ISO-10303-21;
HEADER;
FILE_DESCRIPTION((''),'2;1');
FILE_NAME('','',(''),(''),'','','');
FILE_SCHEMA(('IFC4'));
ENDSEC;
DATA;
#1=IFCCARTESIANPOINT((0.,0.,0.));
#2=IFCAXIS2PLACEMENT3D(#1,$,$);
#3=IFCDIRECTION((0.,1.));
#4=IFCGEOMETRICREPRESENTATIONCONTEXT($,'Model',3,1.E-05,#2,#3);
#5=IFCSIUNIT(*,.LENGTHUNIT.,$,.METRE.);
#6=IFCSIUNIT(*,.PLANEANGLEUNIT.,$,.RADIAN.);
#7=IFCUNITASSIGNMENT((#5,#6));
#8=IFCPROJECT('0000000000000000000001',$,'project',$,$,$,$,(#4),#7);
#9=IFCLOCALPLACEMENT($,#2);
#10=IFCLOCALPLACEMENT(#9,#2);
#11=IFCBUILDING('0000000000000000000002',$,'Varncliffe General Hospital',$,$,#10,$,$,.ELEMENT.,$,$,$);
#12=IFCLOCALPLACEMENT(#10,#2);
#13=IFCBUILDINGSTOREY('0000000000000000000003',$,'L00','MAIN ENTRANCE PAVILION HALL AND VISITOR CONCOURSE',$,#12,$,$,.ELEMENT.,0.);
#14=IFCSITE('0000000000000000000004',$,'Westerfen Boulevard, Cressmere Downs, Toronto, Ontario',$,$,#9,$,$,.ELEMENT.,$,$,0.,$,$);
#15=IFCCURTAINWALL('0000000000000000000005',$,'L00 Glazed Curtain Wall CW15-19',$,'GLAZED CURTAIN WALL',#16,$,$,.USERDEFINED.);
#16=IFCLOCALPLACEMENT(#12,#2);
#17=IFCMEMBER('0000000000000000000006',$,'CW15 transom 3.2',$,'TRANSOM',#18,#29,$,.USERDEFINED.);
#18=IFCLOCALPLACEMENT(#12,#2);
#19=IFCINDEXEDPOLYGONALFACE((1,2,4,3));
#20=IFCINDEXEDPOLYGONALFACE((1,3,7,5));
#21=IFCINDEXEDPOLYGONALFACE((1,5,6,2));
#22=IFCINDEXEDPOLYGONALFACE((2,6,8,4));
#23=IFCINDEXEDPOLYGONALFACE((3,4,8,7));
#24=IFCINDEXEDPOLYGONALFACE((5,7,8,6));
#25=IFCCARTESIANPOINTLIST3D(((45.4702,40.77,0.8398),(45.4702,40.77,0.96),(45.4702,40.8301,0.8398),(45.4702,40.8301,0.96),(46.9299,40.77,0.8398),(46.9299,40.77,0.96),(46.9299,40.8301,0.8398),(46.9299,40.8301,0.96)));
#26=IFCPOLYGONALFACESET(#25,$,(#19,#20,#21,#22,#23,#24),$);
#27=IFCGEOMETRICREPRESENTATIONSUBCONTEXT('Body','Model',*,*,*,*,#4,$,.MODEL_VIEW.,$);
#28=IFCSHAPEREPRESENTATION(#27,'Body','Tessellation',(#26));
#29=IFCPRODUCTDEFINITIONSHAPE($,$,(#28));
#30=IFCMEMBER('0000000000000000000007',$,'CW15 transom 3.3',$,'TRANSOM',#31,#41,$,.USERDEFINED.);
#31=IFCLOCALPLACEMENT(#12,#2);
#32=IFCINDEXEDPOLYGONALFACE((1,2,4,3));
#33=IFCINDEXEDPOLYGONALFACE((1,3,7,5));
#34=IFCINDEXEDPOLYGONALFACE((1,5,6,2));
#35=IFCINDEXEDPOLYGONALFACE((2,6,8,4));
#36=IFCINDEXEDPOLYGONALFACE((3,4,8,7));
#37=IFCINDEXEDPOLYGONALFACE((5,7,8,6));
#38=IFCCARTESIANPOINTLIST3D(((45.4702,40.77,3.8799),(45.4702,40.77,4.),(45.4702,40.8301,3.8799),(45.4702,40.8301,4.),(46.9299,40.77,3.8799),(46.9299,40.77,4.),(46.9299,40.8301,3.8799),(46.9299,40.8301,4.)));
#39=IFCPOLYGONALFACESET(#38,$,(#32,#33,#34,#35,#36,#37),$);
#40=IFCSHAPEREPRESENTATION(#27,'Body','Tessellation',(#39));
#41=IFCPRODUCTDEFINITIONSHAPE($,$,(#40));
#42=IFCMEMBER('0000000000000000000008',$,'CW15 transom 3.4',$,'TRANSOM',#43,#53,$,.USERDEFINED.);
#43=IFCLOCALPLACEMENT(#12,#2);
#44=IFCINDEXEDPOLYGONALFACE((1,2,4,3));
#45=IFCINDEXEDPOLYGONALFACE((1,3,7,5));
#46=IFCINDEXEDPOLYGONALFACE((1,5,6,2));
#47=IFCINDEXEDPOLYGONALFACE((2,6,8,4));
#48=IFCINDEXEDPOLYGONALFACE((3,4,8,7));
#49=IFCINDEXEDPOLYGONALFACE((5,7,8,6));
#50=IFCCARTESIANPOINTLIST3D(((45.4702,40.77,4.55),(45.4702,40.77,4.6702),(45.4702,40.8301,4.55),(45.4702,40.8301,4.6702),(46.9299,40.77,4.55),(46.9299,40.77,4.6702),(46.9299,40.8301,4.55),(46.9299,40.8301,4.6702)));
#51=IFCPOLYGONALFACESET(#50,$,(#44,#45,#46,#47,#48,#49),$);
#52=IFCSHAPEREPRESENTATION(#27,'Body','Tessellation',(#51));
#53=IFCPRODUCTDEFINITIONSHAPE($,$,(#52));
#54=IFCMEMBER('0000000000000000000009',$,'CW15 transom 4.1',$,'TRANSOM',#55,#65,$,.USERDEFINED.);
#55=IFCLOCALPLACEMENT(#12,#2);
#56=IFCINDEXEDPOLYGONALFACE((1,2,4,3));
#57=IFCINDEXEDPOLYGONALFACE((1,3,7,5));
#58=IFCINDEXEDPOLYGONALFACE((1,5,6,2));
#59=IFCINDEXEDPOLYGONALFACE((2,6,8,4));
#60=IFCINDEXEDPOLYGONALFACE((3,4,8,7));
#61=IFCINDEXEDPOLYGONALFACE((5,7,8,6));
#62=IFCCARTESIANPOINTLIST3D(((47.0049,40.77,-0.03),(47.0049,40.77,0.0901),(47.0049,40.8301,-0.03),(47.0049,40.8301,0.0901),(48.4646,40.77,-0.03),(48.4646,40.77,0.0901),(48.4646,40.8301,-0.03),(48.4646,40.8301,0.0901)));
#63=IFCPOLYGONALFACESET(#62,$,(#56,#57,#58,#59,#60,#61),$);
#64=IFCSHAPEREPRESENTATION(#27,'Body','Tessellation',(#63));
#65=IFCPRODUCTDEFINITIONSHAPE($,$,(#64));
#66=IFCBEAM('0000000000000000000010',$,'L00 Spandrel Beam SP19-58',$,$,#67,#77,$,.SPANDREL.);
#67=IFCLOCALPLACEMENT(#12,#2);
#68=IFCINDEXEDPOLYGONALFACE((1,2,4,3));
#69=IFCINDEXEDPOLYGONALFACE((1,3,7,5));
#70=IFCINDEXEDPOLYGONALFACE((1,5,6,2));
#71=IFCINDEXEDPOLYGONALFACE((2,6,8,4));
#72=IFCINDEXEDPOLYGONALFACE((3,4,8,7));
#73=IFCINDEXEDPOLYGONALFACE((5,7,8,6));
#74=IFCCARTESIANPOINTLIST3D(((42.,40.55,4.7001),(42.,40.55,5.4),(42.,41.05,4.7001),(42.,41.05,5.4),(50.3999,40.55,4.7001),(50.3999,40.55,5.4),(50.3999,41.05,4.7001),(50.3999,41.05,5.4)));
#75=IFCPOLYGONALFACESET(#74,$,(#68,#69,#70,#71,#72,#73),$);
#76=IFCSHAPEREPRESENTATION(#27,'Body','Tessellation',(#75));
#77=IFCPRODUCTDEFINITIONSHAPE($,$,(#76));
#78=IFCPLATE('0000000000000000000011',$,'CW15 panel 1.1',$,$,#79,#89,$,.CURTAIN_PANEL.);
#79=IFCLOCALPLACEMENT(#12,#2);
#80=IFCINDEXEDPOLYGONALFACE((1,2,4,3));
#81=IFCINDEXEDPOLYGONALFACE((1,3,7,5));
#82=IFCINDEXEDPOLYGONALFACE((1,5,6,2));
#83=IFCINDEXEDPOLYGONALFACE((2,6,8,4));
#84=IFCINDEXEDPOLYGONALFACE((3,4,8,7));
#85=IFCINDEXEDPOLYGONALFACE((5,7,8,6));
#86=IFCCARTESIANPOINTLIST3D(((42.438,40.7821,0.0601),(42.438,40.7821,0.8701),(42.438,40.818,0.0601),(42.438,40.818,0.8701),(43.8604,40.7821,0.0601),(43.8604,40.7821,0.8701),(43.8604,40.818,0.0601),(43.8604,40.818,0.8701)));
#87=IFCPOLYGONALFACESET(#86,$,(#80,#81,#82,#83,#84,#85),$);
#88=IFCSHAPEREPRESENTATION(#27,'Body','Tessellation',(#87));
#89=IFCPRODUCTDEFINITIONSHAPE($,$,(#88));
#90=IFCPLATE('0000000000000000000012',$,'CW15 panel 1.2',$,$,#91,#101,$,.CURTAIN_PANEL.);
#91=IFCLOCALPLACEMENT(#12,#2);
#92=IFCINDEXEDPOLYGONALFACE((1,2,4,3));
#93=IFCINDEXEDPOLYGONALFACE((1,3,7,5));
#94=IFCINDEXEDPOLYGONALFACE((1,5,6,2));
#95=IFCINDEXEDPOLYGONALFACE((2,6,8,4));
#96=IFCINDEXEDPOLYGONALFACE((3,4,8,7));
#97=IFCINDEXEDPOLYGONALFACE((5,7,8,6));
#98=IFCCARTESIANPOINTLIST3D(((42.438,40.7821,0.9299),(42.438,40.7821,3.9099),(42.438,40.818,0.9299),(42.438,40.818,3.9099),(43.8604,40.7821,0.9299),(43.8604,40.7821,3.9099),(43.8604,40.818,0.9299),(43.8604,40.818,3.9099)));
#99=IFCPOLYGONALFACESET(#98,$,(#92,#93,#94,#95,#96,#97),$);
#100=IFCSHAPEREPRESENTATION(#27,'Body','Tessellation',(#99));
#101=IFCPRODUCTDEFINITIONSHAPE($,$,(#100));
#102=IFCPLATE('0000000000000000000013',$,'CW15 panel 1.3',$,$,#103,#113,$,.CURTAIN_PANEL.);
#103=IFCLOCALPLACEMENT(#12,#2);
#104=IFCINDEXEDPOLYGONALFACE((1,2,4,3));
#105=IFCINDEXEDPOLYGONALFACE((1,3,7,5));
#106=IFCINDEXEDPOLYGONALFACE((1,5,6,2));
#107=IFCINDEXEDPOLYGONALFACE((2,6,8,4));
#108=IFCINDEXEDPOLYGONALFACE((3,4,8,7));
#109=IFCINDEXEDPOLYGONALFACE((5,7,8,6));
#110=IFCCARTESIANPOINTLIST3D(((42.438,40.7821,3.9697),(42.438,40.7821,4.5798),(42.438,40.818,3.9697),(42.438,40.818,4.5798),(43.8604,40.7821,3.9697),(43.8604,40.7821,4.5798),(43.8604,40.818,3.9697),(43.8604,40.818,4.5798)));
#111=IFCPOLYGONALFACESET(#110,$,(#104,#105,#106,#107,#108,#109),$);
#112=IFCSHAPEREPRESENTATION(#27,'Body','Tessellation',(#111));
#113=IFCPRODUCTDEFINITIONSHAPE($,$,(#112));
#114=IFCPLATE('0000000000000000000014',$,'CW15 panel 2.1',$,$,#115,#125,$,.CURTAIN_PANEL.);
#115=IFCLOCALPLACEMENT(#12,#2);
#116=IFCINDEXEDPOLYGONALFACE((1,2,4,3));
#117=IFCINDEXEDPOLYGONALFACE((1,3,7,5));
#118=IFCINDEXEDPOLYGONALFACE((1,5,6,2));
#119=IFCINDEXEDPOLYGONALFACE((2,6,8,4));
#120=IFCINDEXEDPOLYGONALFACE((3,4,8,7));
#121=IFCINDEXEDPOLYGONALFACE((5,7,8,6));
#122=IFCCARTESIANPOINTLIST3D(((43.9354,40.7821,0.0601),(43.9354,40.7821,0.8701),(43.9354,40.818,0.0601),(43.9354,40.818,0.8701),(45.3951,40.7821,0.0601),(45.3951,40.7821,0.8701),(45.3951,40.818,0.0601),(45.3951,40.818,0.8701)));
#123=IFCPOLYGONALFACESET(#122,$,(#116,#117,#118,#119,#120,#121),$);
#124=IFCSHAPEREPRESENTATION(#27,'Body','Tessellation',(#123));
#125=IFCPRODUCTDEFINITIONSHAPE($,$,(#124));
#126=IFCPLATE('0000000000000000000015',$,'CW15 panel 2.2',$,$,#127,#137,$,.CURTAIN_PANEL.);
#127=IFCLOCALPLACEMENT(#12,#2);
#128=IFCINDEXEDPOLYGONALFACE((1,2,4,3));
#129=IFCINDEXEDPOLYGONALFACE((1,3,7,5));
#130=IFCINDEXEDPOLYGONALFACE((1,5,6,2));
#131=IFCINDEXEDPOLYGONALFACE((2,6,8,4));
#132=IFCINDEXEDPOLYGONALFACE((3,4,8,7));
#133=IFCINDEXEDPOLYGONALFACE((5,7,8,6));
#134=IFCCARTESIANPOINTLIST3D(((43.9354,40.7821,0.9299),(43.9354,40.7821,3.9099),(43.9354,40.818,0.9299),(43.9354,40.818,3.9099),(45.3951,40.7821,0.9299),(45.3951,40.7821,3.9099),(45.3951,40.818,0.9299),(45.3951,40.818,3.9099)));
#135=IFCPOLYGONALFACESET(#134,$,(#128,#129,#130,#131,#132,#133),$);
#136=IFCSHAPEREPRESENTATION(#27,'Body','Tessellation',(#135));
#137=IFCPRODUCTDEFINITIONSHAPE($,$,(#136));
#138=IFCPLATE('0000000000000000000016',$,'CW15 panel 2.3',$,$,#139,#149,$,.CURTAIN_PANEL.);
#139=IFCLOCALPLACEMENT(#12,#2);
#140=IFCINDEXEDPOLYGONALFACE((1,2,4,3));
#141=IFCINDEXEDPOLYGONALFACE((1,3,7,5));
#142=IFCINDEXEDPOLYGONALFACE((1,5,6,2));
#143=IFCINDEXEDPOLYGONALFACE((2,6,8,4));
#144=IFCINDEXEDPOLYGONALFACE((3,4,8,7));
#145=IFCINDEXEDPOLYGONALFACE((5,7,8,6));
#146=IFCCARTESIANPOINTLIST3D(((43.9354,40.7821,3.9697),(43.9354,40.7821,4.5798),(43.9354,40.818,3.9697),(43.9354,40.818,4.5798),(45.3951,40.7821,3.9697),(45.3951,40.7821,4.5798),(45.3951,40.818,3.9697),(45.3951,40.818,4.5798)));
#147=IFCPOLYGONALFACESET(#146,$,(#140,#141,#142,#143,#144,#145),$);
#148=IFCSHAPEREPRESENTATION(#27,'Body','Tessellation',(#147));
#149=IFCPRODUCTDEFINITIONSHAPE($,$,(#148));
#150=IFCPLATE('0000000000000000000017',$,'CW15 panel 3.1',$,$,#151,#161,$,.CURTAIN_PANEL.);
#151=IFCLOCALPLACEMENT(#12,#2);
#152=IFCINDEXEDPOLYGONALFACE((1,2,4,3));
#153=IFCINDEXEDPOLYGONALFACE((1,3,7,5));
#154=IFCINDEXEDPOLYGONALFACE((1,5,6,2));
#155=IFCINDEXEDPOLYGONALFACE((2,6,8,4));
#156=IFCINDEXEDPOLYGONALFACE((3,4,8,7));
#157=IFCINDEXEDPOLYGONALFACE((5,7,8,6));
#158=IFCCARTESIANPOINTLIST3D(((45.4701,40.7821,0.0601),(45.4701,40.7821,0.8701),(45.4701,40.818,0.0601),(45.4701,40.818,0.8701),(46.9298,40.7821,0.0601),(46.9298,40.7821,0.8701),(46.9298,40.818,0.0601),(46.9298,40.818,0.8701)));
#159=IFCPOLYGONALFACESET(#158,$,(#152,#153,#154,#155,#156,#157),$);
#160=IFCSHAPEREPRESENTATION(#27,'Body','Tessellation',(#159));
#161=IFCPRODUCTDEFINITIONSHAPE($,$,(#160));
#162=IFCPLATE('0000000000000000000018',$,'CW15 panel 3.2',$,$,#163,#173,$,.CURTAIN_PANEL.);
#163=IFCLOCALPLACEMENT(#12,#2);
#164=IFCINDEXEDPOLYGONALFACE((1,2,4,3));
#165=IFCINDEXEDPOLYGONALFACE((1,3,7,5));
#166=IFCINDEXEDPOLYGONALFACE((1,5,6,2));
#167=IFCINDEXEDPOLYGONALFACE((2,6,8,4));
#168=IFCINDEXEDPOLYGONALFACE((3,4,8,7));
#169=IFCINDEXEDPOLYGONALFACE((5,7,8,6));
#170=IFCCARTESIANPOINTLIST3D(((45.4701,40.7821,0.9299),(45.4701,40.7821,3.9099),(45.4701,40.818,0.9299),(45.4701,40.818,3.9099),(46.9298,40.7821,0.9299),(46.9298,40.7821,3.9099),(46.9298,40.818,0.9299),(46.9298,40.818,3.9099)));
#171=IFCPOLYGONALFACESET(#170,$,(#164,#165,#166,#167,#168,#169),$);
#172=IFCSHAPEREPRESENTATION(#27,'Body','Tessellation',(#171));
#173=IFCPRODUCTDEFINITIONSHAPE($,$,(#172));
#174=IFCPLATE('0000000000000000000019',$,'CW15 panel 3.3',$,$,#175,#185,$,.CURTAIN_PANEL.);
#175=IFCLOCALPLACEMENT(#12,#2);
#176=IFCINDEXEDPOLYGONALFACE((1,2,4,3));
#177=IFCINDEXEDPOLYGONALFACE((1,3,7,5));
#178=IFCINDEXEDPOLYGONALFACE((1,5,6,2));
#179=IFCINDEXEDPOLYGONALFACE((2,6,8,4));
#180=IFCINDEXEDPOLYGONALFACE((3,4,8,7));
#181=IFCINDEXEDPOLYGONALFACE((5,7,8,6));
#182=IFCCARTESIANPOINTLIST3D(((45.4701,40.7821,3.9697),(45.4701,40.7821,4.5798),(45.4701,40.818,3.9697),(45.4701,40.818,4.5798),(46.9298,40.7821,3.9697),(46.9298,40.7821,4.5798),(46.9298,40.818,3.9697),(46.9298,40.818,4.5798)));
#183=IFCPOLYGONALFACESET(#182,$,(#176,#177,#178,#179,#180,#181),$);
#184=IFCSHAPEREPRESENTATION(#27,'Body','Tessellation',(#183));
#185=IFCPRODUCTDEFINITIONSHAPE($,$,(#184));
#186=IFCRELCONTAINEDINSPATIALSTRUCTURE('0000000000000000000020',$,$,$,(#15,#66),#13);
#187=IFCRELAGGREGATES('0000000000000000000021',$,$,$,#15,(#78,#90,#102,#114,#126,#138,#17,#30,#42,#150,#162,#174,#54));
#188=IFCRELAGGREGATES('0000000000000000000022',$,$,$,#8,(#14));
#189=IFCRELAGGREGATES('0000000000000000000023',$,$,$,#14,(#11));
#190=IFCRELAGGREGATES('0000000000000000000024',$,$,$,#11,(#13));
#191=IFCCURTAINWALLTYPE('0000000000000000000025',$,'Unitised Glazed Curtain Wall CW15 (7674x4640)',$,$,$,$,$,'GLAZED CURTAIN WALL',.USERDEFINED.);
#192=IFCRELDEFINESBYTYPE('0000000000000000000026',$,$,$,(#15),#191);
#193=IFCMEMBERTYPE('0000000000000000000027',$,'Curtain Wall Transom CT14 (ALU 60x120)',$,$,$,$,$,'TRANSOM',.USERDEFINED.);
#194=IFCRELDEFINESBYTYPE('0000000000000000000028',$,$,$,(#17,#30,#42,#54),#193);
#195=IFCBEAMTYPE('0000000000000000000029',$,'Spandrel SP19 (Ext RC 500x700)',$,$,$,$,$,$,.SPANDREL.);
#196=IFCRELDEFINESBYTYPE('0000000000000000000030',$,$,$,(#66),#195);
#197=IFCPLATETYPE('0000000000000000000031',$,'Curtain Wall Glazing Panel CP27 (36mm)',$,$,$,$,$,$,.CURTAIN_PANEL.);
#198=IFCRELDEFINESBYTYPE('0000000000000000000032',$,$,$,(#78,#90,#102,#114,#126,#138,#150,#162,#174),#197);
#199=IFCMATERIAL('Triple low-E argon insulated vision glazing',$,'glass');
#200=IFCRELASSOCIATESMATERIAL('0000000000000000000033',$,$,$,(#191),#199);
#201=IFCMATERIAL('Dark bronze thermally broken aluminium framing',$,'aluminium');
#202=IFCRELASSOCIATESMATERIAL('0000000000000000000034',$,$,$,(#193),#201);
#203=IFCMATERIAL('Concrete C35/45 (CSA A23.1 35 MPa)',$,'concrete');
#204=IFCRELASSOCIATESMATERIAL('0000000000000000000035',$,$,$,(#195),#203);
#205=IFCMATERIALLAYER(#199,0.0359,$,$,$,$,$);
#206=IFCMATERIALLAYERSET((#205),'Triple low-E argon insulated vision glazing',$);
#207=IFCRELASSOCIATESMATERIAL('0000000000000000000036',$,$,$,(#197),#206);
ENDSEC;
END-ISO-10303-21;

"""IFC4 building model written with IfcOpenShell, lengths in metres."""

from ifc_helpers import new_model, si_unit, direction, frame, origin, origin_2d, place, context, subcontext, project, spatial, rectangle, extrude, material, layer, layer_set, material_profile, profile_set, type_object, element, aggregate, save


model = new_model("IFC4")

# Units and contexts
model_context = context("Model", 3, precision=1e-05, world=origin(), true_north=direction((0.0, 1.0)))
body_context = subcontext(model_context, "Body", "Model", "MODEL_VIEW")
ifc_project = project(units=[si_unit("LENGTHUNIT", "METRE"), si_unit("PLANEANGLEUNIT", "RADIAN")], contexts=[model_context])

# Site, building, storey
site_placement = place(None, origin())
site = spatial("IfcSite", under=ifc_project, at=site_placement, Name="Westerfen Boulevard, Cressmere Downs, Toronto, Ontario", CompositionType="ELEMENT", RefElevation=0.0)
building_placement = place(site_placement, origin())
building = spatial("IfcBuilding", under=site, at=building_placement, Name="Varncliffe General Hospital", CompositionType="ELEMENT")
storey_placement = place(building_placement, origin())
storey = spatial("IfcBuildingStorey", under=building, at=storey_placement, Name="L00", Description="MAIN ENTRANCE PAVILION HALL AND VISITOR CONCOURSE", CompositionType="ELEMENT", Elevation=0.0)

# Curtain wall, members
ifc_material_1 = material(Name="Triple low-E argon insulated vision glazing", Category="glass")
curtain_wall_type = type_object("IfcCurtainWallType", Name="Unitised Glazed Curtain Wall CW15 (7674x4640)", ElementType="GLAZED CURTAIN WALL", PredefinedType="USERDEFINED", material=ifc_material_1)
curtain_wall_placement = place(storey_placement, origin())
curtain_wall = element("IfcCurtainWall", 1, at=curtain_wall_placement, inside=storey, type_object=curtain_wall_type, Name="L00 Glazed Curtain Wall CW15-19", ObjectType="GLAZED CURTAIN WALL", PredefinedType="USERDEFINED")
ifc_material_2 = material(Name="Dark bronze thermally broken aluminium framing", Category="aluminium")
ifc_material_profile_1 = material_profile(ifc_material_2, rectangle(XDim=0.0601, YDim=0.1201, at=origin_2d()), Name="ALU 60x120")
ifc_profile_set_1 = profile_set([ifc_material_profile_1], Name="Dark bronze thermally broken aluminium framing")
member_type_1 = type_object("IfcMemberType", Name="Curtain Wall Transom CT14 (ALU 60x120)", ElementType="TRANSOM", PredefinedType="USERDEFINED", material=ifc_profile_set_1)
member_1_placement = place(storey_placement, frame((45.4702, 40.8, 0.8999), z_axis=(1.0, 0.0, 0.0), x_axis=(0.0, 1.0, 0.0)))
member_1 = element("IfcMember", 2, at=member_1_placement, type_object=member_type_1, Name="CW15 transom 3.2", ObjectType="TRANSOM", PredefinedType="USERDEFINED", context=body_context, shape_type="SweptSolid", body=[
    extrude(rectangle(XDim=0.0601, YDim=0.1201, at=origin_2d()), origin(), (0.0, 0.0, 1.0), 1.4597),
])
member_2_placement = place(storey_placement, frame((45.4702, 40.8, 3.9399), z_axis=(1.0, 0.0, 0.0), x_axis=(0.0, 1.0, 0.0)))
member_2 = element("IfcMember", 3, at=member_2_placement, type_object=member_type_1, Name="CW15 transom 3.3", ObjectType="TRANSOM", PredefinedType="USERDEFINED", context=body_context, shape_type="SweptSolid", body=[
    extrude(rectangle(XDim=0.0601, YDim=0.1201, at=origin_2d()), origin(), (0.0, 0.0, 1.0), 1.4597),
])
member_3_placement = place(storey_placement, frame((45.4702, 40.8, 4.6101), z_axis=(1.0, 0.0, 0.0), x_axis=(0.0, 1.0, 0.0)))
member_3 = element("IfcMember", 4, at=member_3_placement, type_object=member_type_1, Name="CW15 transom 3.4", ObjectType="TRANSOM", PredefinedType="USERDEFINED", context=body_context, shape_type="SweptSolid", body=[
    extrude(rectangle(XDim=0.0601, YDim=0.1201, at=origin_2d()), origin(), (0.0, 0.0, 1.0), 1.4597),
])
member_4_placement = place(storey_placement, frame((47.0049, 40.8, 0.03), z_axis=(1.0, 0.0, 0.0), x_axis=(0.0, 1.0, 0.0)))
member_4 = element("IfcMember", 5, at=member_4_placement, type_object=member_type_1, Name="CW15 transom 4.1", ObjectType="TRANSOM", PredefinedType="USERDEFINED", context=body_context, shape_type="SweptSolid", body=[
    extrude(rectangle(XDim=0.0601, YDim=0.1201, at=origin_2d()), origin(), (0.0, 0.0, 1.0), 1.4597),
])

# Beam
ifc_material_3 = material(Name="Concrete C35/45 (CSA A23.1 35 MPa)", Category="concrete")
ifc_material_profile_2 = material_profile(ifc_material_3, rectangle(XDim=0.5, YDim=0.7, at=origin_2d()), Name="RC 500x700")
ifc_profile_set_2 = profile_set([ifc_material_profile_2], Name="Concrete C35/45 (CSA A23.1 35 MPa)")
beam_type = type_object("IfcBeamType", Name="Spandrel SP19 (Ext RC 500x700)", PredefinedType="SPANDREL", material=ifc_profile_set_2)
beam_placement = place(storey_placement, frame((42.0, 40.8, 5.05), z_axis=(1.0, 0.0, 0.0), x_axis=(0.0, 1.0, 0.0)))
element("IfcBeam", 6, at=beam_placement, inside=storey, type_object=beam_type, Name="L00 Spandrel Beam SP19-58", PredefinedType="SPANDREL", context=body_context, shape_type="SweptSolid", body=[
    extrude(rectangle(XDim=0.5, YDim=0.7, at=origin_2d()), origin(), (0.0, 0.0, 1.0), 8.3999),
])

# Plates
ifc_layer = layer(ifc_material_1, 0.0359)
ifc_layer_set = layer_set([ifc_layer], Name="Triple low-E argon insulated vision glazing")
plate_type = type_object("IfcPlateType", Name="Curtain Wall Glazing Panel CP27 (36mm)", PredefinedType="CURTAIN_PANEL", material=ifc_layer_set)
plate_1_placement = place(storey_placement, frame((43.1492, 40.8, 0.0601), z_axis=(0.0, 0.0, 1.0), x_axis=(1.0, 0.0, 0.0)))
plate_1 = element("IfcPlate", 7, at=plate_1_placement, type_object=plate_type, Name="CW15 panel 1.1", PredefinedType="CURTAIN_PANEL", context=body_context, shape_type="SweptSolid", body=[
    extrude(rectangle(XDim=1.4224, YDim=0.0359, at=origin_2d()), origin(), (0.0, 0.0, 1.0), 0.8101),
])
plate_2_placement = place(storey_placement, frame((43.1492, 40.8, 0.9299), z_axis=(0.0, 0.0, 1.0), x_axis=(1.0, 0.0, 0.0)))
plate_2 = element("IfcPlate", 8, at=plate_2_placement, type_object=plate_type, Name="CW15 panel 1.2", PredefinedType="CURTAIN_PANEL", context=body_context, shape_type="SweptSolid", body=[
    extrude(rectangle(XDim=1.4224, YDim=0.0359, at=origin_2d()), origin(), (0.0, 0.0, 1.0), 2.98),
])
plate_3_placement = place(storey_placement, frame((43.1492, 40.8, 3.9697), z_axis=(0.0, 0.0, 1.0), x_axis=(1.0, 0.0, 0.0)))
plate_3 = element("IfcPlate", 9, at=plate_3_placement, type_object=plate_type, Name="CW15 panel 1.3", PredefinedType="CURTAIN_PANEL", context=body_context, shape_type="SweptSolid", body=[
    extrude(rectangle(XDim=1.4224, YDim=0.0359, at=origin_2d()), origin(), (0.0, 0.0, 1.0), 0.6101),
])
plate_4_placement = place(storey_placement, frame((44.6653, 40.8, 0.0601), z_axis=(0.0, 0.0, 1.0), x_axis=(1.0, 0.0, 0.0)))
plate_4 = element("IfcPlate", 10, at=plate_4_placement, type_object=plate_type, Name="CW15 panel 2.1", PredefinedType="CURTAIN_PANEL", context=body_context, shape_type="SweptSolid", body=[
    extrude(rectangle(XDim=1.4597, YDim=0.0359, at=origin_2d()), origin(), (0.0, 0.0, 1.0), 0.8101),
])
plate_5_placement = place(storey_placement, frame((44.6653, 40.8, 0.9299), z_axis=(0.0, 0.0, 1.0), x_axis=(1.0, 0.0, 0.0)))
plate_5 = element("IfcPlate", 11, at=plate_5_placement, type_object=plate_type, Name="CW15 panel 2.2", PredefinedType="CURTAIN_PANEL", context=body_context, shape_type="SweptSolid", body=[
    extrude(rectangle(XDim=1.4597, YDim=0.0359, at=origin_2d()), origin(), (0.0, 0.0, 1.0), 2.98),
])
plate_6_placement = place(storey_placement, frame((44.6653, 40.8, 3.9697), z_axis=(0.0, 0.0, 1.0), x_axis=(1.0, 0.0, 0.0)))
plate_6 = element("IfcPlate", 12, at=plate_6_placement, type_object=plate_type, Name="CW15 panel 2.3", PredefinedType="CURTAIN_PANEL", context=body_context, shape_type="SweptSolid", body=[
    extrude(rectangle(XDim=1.4597, YDim=0.0359, at=origin_2d()), origin(), (0.0, 0.0, 1.0), 0.6101),
])
plate_7_placement = place(storey_placement, frame((46.2, 40.8, 0.0601), z_axis=(0.0, 0.0, 1.0), x_axis=(1.0, 0.0, 0.0)))
plate_7 = element("IfcPlate", 13, at=plate_7_placement, type_object=plate_type, Name="CW15 panel 3.1", PredefinedType="CURTAIN_PANEL", context=body_context, shape_type="SweptSolid", body=[
    extrude(rectangle(XDim=1.4597, YDim=0.0359, at=origin_2d()), origin(), (0.0, 0.0, 1.0), 0.8101),
])
plate_8_placement = place(storey_placement, frame((46.2, 40.8, 0.9299), z_axis=(0.0, 0.0, 1.0), x_axis=(1.0, 0.0, 0.0)))
plate_8 = element("IfcPlate", 14, at=plate_8_placement, type_object=plate_type, Name="CW15 panel 3.2", PredefinedType="CURTAIN_PANEL", context=body_context, shape_type="SweptSolid", body=[
    extrude(rectangle(XDim=1.4597, YDim=0.0359, at=origin_2d()), origin(), (0.0, 0.0, 1.0), 2.98),
])
plate_9_placement = place(storey_placement, frame((46.2, 40.8, 3.9697), z_axis=(0.0, 0.0, 1.0), x_axis=(1.0, 0.0, 0.0)))
plate_9 = element("IfcPlate", 15, at=plate_9_placement, type_object=plate_type, Name="CW15 panel 3.3", PredefinedType="CURTAIN_PANEL", context=body_context, shape_type="SweptSolid", body=[
    extrude(rectangle(XDim=1.4597, YDim=0.0359, at=origin_2d()), origin(), (0.0, 0.0, 1.0), 0.6101),
])
aggregate(curtain_wall, [plate_1, plate_2, plate_3, plate_4, plate_5, plate_6, member_1, member_2, member_3, plate_7, plate_8, plate_9, member_4])

save(model, "model.ifc")
